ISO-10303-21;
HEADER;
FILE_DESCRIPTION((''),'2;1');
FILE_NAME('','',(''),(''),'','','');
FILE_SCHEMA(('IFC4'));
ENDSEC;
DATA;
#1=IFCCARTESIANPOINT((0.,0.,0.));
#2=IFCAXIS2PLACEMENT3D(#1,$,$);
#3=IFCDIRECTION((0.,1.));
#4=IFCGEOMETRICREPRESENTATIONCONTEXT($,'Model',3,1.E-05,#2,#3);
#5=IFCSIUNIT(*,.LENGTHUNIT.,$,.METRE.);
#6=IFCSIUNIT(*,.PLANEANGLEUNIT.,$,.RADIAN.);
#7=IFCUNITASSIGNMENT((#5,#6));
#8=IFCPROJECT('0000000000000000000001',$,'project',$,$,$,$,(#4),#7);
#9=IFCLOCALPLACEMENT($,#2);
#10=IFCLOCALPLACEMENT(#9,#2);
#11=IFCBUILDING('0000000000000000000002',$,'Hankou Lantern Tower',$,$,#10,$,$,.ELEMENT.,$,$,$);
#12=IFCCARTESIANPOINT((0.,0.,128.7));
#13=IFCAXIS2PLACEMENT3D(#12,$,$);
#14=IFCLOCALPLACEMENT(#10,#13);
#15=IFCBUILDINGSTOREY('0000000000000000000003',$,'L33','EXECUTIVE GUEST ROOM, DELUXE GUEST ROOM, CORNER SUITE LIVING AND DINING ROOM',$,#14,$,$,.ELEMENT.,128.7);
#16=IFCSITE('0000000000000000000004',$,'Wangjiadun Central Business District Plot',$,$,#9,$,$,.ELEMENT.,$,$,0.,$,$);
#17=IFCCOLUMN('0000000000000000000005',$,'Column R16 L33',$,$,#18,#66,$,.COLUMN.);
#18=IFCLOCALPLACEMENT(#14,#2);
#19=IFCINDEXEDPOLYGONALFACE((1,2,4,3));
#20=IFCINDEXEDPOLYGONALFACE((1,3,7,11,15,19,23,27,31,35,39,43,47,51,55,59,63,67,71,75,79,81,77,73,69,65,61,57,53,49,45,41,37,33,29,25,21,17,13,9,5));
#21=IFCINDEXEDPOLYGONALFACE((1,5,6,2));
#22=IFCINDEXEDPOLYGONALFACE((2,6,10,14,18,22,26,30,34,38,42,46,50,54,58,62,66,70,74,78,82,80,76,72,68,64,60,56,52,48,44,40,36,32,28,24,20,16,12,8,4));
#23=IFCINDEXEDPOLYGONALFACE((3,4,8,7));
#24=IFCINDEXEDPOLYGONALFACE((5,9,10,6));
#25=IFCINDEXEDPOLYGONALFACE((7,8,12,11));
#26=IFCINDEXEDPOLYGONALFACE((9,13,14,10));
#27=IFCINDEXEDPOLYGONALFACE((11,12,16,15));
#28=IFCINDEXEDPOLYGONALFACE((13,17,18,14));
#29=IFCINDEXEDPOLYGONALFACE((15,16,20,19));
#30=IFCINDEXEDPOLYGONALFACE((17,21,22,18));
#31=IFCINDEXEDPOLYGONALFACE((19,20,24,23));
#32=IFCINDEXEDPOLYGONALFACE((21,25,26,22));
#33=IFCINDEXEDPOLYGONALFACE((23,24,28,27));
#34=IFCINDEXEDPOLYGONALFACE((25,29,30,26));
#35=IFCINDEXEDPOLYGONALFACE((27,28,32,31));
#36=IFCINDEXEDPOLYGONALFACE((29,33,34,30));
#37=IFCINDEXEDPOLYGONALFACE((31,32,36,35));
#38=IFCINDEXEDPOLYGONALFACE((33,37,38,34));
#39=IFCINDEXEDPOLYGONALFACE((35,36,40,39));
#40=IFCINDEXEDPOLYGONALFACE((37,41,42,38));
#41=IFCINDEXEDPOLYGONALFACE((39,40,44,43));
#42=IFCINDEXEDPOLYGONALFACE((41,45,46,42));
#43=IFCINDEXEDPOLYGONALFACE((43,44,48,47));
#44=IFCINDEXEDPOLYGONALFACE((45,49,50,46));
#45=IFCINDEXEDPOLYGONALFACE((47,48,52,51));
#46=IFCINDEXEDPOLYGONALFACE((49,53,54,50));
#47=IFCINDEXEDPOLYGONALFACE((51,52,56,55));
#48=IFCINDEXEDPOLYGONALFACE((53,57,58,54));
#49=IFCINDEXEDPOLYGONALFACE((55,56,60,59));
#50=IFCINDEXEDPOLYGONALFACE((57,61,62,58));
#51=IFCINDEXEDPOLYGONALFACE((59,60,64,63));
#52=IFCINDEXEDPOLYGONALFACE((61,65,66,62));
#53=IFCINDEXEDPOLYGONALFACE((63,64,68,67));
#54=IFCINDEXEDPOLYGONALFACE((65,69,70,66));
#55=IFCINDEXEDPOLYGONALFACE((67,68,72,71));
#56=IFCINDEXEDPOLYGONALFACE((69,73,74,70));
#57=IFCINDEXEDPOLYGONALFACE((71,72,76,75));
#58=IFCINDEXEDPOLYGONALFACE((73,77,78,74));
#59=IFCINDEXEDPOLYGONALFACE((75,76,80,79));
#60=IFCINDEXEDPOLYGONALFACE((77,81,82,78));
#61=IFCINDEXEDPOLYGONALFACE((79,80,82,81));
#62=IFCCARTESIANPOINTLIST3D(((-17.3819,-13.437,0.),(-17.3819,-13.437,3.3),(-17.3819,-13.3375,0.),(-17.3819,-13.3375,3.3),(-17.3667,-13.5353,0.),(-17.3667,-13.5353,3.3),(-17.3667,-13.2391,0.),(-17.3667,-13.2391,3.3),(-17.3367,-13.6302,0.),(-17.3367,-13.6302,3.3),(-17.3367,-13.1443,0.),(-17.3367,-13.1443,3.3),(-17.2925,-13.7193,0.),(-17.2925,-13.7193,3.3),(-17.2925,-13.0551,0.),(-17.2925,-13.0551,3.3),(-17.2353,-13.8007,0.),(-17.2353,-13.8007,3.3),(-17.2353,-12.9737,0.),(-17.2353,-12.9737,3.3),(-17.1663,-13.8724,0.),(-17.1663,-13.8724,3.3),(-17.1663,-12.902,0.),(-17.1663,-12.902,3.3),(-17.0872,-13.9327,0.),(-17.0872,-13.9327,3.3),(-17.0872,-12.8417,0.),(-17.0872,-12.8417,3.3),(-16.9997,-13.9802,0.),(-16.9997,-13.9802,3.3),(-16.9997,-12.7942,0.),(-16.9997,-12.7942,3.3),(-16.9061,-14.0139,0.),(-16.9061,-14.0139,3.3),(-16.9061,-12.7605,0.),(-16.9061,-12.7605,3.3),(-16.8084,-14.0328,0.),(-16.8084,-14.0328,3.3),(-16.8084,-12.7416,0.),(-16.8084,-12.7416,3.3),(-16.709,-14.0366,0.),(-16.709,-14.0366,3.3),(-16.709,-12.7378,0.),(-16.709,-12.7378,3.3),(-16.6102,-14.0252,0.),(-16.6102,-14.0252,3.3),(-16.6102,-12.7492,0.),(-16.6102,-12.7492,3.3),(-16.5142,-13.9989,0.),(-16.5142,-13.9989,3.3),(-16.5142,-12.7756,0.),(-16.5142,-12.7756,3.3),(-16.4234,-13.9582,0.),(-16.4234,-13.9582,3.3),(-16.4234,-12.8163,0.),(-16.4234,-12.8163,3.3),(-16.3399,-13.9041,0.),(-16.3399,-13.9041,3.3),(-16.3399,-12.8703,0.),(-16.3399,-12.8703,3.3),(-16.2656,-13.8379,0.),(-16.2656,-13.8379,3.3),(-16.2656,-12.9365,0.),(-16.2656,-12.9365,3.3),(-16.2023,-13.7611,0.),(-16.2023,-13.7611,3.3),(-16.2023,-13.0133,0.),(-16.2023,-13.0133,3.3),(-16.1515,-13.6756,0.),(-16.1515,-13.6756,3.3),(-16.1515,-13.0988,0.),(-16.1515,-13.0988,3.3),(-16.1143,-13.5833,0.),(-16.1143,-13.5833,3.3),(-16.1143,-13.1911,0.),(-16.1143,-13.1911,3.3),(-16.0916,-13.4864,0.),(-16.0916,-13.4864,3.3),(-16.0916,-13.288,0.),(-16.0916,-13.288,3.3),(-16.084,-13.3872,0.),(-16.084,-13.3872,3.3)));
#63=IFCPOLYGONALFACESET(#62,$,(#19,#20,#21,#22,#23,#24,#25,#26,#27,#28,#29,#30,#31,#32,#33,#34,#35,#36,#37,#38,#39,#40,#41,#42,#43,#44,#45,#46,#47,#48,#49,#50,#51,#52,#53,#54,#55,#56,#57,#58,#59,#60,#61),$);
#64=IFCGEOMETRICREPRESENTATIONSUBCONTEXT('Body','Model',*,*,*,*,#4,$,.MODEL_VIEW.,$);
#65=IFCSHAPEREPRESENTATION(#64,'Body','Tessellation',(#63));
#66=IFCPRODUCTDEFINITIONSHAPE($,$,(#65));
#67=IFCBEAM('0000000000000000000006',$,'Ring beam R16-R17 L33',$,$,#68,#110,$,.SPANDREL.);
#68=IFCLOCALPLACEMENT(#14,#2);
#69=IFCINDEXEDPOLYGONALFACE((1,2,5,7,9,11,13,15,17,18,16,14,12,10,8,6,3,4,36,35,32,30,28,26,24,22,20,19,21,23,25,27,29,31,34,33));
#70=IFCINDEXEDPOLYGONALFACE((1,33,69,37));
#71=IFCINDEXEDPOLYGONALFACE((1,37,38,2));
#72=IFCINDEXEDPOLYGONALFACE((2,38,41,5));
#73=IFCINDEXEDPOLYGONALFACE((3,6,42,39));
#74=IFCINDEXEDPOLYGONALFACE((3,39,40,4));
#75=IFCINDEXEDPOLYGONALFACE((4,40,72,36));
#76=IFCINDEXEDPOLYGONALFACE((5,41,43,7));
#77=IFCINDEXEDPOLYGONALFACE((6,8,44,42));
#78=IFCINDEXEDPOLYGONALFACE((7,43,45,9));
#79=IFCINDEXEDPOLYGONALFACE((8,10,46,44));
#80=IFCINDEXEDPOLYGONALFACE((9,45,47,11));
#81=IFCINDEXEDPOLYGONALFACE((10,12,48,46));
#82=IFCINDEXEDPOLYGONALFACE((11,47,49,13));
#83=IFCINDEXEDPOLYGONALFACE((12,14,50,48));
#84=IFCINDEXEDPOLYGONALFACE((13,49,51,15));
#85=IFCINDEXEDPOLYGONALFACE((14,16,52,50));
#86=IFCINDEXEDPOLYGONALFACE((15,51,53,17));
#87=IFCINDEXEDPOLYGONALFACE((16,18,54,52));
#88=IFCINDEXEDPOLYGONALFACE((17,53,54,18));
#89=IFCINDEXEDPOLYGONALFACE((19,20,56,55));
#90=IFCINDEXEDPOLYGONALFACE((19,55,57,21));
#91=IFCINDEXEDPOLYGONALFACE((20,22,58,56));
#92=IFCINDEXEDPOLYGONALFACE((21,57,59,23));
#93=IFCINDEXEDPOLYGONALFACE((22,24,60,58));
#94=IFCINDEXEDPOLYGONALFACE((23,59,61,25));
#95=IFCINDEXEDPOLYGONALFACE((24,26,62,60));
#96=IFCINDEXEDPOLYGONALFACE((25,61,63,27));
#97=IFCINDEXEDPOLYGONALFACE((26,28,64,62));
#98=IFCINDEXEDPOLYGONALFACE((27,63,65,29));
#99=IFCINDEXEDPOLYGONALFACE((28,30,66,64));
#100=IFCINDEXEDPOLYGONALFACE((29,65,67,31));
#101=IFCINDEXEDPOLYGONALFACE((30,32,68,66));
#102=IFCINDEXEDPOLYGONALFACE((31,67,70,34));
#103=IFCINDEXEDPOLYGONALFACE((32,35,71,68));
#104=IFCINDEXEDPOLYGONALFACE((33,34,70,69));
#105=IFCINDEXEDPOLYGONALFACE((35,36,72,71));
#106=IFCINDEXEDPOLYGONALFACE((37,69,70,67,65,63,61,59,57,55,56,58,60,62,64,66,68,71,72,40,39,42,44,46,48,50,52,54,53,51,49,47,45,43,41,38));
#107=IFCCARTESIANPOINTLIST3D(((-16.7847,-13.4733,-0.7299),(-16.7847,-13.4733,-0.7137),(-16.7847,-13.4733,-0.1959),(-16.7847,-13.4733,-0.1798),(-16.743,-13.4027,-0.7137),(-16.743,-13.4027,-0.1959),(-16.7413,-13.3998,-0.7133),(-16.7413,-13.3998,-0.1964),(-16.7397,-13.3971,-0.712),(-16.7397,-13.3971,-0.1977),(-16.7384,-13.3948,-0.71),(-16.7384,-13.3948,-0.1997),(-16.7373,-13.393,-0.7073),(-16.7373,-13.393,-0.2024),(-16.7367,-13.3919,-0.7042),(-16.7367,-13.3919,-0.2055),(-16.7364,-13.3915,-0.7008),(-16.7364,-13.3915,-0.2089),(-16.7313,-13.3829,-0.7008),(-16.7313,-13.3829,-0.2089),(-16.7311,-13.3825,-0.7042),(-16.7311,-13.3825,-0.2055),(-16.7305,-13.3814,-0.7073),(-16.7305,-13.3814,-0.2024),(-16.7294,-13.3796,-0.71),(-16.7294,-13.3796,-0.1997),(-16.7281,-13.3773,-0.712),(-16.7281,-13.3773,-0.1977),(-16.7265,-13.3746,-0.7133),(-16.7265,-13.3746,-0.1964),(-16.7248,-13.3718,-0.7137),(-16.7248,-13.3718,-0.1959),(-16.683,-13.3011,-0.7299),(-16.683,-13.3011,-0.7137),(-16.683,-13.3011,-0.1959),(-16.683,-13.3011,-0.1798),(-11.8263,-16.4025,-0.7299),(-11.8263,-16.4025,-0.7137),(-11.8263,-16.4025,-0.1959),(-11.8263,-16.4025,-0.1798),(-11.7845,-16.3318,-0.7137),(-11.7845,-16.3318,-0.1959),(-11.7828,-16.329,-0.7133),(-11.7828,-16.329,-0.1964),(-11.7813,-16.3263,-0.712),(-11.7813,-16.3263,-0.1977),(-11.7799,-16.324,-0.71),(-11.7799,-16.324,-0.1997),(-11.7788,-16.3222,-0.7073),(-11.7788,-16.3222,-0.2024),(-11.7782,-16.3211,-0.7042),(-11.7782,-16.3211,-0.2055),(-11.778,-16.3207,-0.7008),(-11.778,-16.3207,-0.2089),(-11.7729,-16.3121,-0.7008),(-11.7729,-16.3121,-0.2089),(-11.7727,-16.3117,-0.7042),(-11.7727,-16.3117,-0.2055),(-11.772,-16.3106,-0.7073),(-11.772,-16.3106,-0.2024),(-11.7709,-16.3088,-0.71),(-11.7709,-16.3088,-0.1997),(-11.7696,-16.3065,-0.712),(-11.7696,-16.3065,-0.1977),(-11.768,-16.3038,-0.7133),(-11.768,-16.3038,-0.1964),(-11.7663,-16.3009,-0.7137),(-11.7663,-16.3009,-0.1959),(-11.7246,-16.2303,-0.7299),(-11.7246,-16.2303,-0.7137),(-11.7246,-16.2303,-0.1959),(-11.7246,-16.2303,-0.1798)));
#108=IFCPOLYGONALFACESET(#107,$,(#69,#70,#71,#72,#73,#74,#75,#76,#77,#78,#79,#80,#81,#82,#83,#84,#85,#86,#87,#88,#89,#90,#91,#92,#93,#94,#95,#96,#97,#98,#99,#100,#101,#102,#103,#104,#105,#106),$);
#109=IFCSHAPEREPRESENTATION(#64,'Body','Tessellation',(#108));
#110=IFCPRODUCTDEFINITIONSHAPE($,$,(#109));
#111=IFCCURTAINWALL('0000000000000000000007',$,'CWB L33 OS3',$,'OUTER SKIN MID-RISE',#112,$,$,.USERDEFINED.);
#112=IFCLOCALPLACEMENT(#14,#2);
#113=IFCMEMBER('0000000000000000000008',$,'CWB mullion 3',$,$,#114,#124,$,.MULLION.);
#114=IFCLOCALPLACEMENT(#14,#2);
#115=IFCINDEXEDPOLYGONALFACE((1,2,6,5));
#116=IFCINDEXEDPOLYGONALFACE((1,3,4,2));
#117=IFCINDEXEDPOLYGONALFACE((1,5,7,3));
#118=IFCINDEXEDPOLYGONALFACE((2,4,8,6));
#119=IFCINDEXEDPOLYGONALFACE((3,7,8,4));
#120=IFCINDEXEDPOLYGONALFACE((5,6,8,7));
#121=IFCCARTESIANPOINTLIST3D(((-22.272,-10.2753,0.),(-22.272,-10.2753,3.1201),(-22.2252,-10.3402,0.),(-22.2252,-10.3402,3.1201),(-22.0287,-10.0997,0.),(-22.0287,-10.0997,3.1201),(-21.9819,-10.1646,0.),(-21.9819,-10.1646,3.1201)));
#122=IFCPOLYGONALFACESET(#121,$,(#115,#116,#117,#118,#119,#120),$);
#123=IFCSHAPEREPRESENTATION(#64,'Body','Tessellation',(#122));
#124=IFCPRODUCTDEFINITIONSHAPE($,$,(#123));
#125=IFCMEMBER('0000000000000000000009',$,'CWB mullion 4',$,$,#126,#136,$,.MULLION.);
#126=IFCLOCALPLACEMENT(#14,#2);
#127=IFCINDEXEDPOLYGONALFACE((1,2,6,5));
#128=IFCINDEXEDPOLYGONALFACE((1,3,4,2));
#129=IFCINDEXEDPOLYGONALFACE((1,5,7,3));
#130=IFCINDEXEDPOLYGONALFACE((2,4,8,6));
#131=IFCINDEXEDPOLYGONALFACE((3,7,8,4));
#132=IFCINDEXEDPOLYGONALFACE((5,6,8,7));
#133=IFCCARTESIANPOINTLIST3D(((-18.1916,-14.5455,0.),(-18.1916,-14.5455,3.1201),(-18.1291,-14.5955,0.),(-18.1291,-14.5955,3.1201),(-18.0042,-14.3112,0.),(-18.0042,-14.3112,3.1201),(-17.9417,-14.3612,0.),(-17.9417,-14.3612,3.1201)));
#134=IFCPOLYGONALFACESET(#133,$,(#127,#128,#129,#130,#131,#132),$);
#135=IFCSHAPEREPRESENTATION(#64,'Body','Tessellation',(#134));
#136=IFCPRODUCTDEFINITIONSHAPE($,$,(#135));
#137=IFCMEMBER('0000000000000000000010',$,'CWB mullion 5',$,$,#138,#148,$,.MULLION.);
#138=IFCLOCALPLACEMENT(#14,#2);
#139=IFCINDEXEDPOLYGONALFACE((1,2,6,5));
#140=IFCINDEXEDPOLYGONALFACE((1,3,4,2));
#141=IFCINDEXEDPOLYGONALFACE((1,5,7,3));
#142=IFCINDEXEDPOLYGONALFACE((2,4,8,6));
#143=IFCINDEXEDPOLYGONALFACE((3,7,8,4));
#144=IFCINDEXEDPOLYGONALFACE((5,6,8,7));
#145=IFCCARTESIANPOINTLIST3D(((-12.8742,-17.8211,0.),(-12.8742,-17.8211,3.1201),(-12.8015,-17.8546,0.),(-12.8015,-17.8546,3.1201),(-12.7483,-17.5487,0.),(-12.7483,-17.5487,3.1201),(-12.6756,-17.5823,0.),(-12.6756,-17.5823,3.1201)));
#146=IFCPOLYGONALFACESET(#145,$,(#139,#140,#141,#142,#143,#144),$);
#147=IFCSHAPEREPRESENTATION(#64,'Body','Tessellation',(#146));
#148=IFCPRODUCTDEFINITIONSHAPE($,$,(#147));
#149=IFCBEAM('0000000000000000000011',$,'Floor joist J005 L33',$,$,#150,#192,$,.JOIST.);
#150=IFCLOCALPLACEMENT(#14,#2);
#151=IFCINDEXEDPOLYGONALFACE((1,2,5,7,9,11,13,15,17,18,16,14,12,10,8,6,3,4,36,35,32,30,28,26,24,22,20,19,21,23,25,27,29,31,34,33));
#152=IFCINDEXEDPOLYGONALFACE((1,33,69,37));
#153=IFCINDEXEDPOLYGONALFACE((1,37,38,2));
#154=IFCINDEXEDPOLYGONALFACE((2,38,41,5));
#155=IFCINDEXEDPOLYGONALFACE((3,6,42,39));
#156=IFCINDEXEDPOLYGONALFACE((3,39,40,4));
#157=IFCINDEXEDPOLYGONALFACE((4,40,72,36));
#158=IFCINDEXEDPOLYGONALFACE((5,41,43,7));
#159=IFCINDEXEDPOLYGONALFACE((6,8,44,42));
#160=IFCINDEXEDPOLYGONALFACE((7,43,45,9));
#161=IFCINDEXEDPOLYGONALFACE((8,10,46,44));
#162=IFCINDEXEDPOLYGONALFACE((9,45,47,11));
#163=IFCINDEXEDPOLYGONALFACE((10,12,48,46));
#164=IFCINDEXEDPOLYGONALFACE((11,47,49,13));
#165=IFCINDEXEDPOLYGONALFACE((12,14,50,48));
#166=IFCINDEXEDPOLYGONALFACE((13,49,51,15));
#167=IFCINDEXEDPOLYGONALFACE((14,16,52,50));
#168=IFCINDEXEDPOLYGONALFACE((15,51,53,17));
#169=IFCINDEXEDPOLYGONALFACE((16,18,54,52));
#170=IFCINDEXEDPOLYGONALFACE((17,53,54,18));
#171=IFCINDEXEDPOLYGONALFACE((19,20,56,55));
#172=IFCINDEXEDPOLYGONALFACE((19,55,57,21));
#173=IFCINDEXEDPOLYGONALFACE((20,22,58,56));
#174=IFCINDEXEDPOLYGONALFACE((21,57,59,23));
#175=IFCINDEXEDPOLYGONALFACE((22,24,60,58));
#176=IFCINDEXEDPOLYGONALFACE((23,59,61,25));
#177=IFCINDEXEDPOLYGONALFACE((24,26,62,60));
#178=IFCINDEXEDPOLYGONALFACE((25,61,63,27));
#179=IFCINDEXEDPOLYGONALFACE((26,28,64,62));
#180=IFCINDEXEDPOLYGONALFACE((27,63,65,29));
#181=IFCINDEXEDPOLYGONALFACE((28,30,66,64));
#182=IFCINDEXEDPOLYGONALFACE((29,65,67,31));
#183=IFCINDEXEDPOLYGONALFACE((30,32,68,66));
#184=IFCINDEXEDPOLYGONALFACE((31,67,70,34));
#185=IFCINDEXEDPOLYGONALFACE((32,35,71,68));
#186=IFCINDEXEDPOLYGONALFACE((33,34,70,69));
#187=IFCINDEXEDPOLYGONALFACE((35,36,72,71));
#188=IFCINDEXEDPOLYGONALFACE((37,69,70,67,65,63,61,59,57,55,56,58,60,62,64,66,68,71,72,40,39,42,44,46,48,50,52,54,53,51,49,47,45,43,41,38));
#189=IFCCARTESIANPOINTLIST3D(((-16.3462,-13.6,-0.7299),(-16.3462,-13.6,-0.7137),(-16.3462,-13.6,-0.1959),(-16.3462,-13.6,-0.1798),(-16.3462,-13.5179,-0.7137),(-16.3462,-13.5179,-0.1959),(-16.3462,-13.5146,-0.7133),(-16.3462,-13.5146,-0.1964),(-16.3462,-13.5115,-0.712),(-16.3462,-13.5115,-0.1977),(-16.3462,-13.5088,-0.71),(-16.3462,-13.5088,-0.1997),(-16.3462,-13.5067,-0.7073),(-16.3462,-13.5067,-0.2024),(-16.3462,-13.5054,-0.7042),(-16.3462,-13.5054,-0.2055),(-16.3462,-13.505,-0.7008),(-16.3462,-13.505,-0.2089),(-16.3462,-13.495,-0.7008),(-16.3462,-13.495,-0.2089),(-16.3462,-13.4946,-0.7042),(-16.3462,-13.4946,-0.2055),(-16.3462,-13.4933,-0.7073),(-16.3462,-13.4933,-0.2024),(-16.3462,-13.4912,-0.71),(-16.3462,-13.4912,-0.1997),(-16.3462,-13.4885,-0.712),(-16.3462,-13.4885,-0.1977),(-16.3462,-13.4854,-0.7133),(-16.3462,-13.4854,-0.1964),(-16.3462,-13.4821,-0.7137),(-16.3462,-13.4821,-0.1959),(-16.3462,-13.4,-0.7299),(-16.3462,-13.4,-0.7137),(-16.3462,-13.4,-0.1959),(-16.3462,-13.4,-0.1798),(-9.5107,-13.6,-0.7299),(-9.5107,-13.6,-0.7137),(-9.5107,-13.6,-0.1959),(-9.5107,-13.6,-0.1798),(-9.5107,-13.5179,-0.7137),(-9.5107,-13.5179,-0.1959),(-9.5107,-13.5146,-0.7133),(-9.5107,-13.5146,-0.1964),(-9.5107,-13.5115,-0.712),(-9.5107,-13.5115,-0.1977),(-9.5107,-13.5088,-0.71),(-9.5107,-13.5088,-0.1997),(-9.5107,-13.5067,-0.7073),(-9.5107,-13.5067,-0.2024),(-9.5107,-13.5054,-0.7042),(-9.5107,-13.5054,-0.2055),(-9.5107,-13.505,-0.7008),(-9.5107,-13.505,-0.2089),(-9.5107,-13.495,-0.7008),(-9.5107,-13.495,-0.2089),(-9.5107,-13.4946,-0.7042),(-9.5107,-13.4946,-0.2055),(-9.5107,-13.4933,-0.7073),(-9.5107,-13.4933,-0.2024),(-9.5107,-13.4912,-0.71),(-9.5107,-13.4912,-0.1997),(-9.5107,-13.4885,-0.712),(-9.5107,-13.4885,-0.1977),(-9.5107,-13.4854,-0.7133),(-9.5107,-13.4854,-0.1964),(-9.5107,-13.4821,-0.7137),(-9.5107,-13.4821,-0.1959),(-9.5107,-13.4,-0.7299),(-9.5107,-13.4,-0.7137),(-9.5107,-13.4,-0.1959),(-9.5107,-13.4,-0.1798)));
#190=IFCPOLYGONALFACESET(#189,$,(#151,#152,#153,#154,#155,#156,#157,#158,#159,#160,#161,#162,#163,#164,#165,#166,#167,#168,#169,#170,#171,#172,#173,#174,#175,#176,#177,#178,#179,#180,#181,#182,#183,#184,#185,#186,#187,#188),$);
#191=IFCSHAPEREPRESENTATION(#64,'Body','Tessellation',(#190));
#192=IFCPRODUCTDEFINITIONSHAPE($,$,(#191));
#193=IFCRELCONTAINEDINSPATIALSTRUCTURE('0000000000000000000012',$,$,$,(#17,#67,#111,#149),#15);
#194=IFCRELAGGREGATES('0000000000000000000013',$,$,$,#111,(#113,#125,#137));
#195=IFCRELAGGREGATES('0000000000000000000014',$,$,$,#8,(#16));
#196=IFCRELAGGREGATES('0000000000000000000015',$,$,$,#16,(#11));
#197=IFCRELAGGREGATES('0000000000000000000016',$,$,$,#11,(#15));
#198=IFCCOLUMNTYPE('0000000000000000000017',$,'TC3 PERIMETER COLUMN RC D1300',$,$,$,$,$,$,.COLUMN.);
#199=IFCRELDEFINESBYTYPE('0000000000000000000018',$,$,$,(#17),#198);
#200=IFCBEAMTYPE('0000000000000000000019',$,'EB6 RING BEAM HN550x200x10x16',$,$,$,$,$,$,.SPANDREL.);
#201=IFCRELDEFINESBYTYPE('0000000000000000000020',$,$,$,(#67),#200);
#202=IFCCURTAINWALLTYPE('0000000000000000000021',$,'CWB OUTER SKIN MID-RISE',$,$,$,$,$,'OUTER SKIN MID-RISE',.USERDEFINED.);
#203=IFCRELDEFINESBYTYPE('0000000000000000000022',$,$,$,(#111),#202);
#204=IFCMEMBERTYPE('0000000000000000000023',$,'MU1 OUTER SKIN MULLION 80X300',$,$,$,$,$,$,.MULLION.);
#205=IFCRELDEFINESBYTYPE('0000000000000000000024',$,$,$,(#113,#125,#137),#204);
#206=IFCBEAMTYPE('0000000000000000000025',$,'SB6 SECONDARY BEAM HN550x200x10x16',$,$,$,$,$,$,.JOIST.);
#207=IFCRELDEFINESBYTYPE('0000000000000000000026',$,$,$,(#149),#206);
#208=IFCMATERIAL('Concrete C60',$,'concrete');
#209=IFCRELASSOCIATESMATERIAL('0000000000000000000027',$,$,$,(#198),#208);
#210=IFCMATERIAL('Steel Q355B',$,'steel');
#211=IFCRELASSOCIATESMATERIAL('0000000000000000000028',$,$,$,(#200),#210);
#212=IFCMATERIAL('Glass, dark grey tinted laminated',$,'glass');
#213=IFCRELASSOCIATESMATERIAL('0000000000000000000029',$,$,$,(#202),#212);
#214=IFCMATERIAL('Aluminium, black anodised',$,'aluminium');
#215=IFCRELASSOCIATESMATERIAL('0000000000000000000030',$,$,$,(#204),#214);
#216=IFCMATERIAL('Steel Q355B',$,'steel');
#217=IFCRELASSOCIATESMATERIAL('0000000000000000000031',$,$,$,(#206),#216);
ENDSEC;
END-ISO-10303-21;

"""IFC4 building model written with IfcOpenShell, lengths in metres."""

from ifc_helpers import new_model, si_unit, direction, frame, origin, origin_2d, place, context, subcontext, project, spatial, rectangle, circle, i_section, extrude, material, material_profile, profile_set, type_object, element, aggregate, save


model = new_model("IFC4")

# Units and contexts
model_context = context("Model", 3, precision=1e-05, world=origin(), true_north=direction((0.0, 1.0)))
body_context = subcontext(model_context, "Body", "Model", "MODEL_VIEW")
ifc_project = project(units=[si_unit("LENGTHUNIT", "METRE"), si_unit("PLANEANGLEUNIT", "RADIAN")], contexts=[model_context])

# Site, building, storey
site_placement = place(None, origin())
site = spatial("IfcSite", under=ifc_project, at=site_placement, Name="Wangjiadun Central Business District Plot", CompositionType="ELEMENT", RefElevation=0.0)
building_placement = place(site_placement, origin())
building = spatial("IfcBuilding", under=site, at=building_placement, Name="Hankou Lantern Tower", CompositionType="ELEMENT")
storey_placement = place(building_placement, frame((0.0, 0.0, 128.7)))
storey = spatial("IfcBuildingStorey", under=building, at=storey_placement, Name="L33", Description="EXECUTIVE GUEST ROOM, DELUXE GUEST ROOM, CORNER SUITE LIVING AND DINING ROOM", CompositionType="ELEMENT", Elevation=128.7)

# Column
ifc_material_1 = material(Name="Concrete C60", Category="concrete")
ifc_material_profile_1 = material_profile(ifc_material_1, circle(Radius=0.6499, at=origin_2d()), Name="RC D1300")
ifc_profile_set_1 = profile_set([ifc_material_profile_1], Name="Concrete C60")
column_type = type_object("IfcColumnType", Name="TC3 PERIMETER COLUMN RC D1300", PredefinedType="COLUMN", material=ifc_profile_set_1)
column_placement = place(storey_placement, frame((-16.7339, -13.3872, 0.0), z_axis=(0.0, 0.0, 1.0), x_axis=(1.0, 0.0, 0.0)))
element("IfcColumn", 1, at=column_placement, inside=storey, type_object=column_type, Name="Column R16 L33", PredefinedType="COLUMN", context=body_context, shape_type="SweptSolid", body=[
    extrude(circle(Radius=0.6499, at=origin_2d()), origin(), (0.0, 0.0, 1.0), 3.3),
])

# Beam
ifc_material_2 = material(Name="Steel Q355B", Category="steel")
ifc_material_profile_2 = material_profile(ifc_material_2, i_section(OverallWidth=0.2, OverallDepth=0.55, WebThickness=0.01, FlangeThickness=0.0161, FilletRadius=0.0129, at=origin_2d()), Name="HN550x200x10x16")
ifc_profile_set_2 = profile_set([ifc_material_profile_2], Name="Steel Q355B")
beam_type_1 = type_object("IfcBeamType", Name="EB6 RING BEAM HN550x200x10x16", PredefinedType="SPANDREL", material=ifc_profile_set_2)
beam_1_placement = place(storey_placement, frame((-16.7339, -13.3872, -0.4548), z_axis=(0.860989, -0.508624, 0.0), x_axis=(0.508624, 0.860989, 0.0)))
element("IfcBeam", 2, at=beam_1_placement, inside=storey, type_object=beam_type_1, Name="Ring beam R16-R17 L33", PredefinedType="SPANDREL", context=body_context, shape_type="SweptSolid", body=[
    extrude(i_section(OverallWidth=0.2, OverallDepth=0.55, WebThickness=0.01, FlangeThickness=0.0161, FilletRadius=0.0129, at=origin_2d()), origin(), (0.0, 0.0, 1.0), 5.759),
])

# Curtain wall, members
ifc_material_3 = material(Name="Glass, dark grey tinted laminated", Category="glass")
curtain_wall_type = type_object("IfcCurtainWallType", Name="CWB OUTER SKIN MID-RISE", ElementType="OUTER SKIN MID-RISE", PredefinedType="USERDEFINED", material=ifc_material_3)
curtain_wall_placement = place(storey_placement, origin())
curtain_wall = element("IfcCurtainWall", 3, at=curtain_wall_placement, inside=storey, type_object=curtain_wall_type, Name="CWB L33 OS3", ObjectType="OUTER SKIN MID-RISE", PredefinedType="USERDEFINED")
ifc_material_4 = material(Name="Aluminium, black anodised", Category="aluminium")
ifc_material_profile_3 = material_profile(ifc_material_4, rectangle(XDim=0.0801, YDim=0.3, at=origin_2d()), Name="MU1 80X300")
ifc_profile_set_3 = profile_set([ifc_material_profile_3], Name="Aluminium, black anodised")
member_type_1 = type_object("IfcMemberType", Name="MU1 OUTER SKIN MULLION 80X300", PredefinedType="MULLION", material=ifc_profile_set_3)
member_1_placement = place(storey_placement, frame((-22.127, -10.22, 0.0), z_axis=(0.0, 0.0, 1.0), x_axis=(0.585206, -0.810885, 0.0)))
member_1 = element("IfcMember", 4, at=member_1_placement, type_object=member_type_1, Name="CWB mullion 3", PredefinedType="MULLION", context=body_context, shape_type="SweptSolid", body=[
    extrude(rectangle(XDim=0.0801, YDim=0.3, at=origin_2d()), origin(), (0.0, 0.0, 1.0), 3.1201),
])
member_2_placement = place(storey_placement, frame((-18.0667, -14.4534, 0.0), z_axis=(0.0, 0.0, 1.0), x_axis=(0.780869, -0.624695, 0.0)))
member_2 = element("IfcMember", 5, at=member_2_placement, type_object=member_type_1, Name="CWB mullion 4", PredefinedType="MULLION", context=body_context, shape_type="SweptSolid", body=[
    extrude(rectangle(XDim=0.0801, YDim=0.3, at=origin_2d()), origin(), (0.0, 0.0, 1.0), 3.1201),
])
member_3_placement = place(storey_placement, frame((-12.7749, -17.7017, 0.0), z_axis=(0.0, 0.0, 1.0), x_axis=(0.907841, -0.419314, 0.0)))
member_3 = element("IfcMember", 6, at=member_3_placement, type_object=member_type_1, Name="CWB mullion 5", PredefinedType="MULLION", context=body_context, shape_type="SweptSolid", body=[
    extrude(rectangle(XDim=0.0801, YDim=0.3, at=origin_2d()), origin(), (0.0, 0.0, 1.0), 3.1201),
])

# Beam
ifc_material_5 = material(Name="Steel Q355B", Category="steel")
ifc_material_profile_4 = material_profile(ifc_material_5, i_section(OverallWidth=0.2, OverallDepth=0.55, WebThickness=0.01, FlangeThickness=0.0161, FilletRadius=0.0129, at=origin_2d()), Name="HN550x200x10x16")
ifc_profile_set_4 = profile_set([ifc_material_profile_4], Name="Steel Q355B")
beam_type_2 = type_object("IfcBeamType", Name="SB6 SECONDARY BEAM HN550x200x10x16", PredefinedType="JOIST", material=ifc_profile_set_4)
beam_2_placement = place(storey_placement, frame((-16.3462, -13.5, -0.4548), z_axis=(1.0, 0.0, 0.0), x_axis=(0.0, 1.0, 0.0)))
element("IfcBeam", 7, at=beam_2_placement, inside=storey, type_object=beam_type_2, Name="Floor joist J005 L33", PredefinedType="JOIST", context=body_context, shape_type="SweptSolid", body=[
    extrude(i_section(OverallWidth=0.2, OverallDepth=0.55, WebThickness=0.01, FlangeThickness=0.0161, FilletRadius=0.0129, at=origin_2d()), origin(), (0.0, 0.0, 1.0), 6.8354),
])

aggregate(curtain_wall, [member_1, member_2, member_3])

save(model, "model.ifc")
